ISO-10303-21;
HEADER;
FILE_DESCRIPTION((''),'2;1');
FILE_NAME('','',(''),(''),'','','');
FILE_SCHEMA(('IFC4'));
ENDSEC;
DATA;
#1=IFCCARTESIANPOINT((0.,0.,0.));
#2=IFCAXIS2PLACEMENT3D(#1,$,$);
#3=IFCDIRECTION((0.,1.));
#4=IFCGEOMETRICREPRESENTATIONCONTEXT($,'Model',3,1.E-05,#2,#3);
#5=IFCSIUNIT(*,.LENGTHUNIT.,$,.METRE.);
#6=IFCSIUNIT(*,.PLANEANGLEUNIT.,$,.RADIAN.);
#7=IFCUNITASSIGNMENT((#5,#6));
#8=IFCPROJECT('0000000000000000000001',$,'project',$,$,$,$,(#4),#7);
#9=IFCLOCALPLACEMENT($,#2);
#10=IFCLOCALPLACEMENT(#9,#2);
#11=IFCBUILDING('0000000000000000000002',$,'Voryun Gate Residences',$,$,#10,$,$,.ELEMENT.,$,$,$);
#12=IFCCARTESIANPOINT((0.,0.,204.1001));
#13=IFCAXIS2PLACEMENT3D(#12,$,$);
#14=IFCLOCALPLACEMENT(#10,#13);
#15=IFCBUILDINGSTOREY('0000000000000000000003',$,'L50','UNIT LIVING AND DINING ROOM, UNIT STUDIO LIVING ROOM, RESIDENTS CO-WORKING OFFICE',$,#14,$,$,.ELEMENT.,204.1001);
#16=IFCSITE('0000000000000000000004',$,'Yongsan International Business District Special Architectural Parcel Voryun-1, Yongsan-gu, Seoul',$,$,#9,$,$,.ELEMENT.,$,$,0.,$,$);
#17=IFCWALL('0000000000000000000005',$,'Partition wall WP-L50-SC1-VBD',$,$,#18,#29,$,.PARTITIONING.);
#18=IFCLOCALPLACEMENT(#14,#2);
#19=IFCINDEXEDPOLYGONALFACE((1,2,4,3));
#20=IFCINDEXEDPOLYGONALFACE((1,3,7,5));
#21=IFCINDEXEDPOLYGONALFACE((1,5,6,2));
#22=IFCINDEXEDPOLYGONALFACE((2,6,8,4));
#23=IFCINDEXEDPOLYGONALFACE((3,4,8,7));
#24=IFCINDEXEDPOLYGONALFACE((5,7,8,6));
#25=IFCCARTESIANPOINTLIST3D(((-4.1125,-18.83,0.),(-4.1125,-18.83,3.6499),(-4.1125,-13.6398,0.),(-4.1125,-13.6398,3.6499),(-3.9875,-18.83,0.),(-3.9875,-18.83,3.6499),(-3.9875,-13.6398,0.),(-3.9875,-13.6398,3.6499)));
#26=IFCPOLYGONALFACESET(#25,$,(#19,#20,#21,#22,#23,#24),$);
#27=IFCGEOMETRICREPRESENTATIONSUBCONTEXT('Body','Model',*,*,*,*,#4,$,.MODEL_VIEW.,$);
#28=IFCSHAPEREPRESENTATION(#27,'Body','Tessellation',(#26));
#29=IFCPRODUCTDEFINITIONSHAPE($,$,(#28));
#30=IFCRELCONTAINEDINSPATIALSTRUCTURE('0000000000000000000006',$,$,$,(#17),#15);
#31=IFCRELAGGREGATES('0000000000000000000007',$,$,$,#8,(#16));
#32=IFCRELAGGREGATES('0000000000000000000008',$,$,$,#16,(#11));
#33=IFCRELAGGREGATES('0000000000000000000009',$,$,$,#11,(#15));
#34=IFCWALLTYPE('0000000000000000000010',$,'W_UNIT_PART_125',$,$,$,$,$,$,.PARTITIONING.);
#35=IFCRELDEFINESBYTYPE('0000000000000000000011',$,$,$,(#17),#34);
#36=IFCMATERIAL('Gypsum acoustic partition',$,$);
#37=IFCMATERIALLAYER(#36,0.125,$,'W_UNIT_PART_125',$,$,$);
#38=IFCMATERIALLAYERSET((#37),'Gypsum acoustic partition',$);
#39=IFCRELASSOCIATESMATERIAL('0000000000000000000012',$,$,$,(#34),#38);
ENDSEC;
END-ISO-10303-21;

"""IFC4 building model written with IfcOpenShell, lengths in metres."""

from ifc_helpers import new_model, si_unit, direction, frame, frame_2d, origin, place, context, subcontext, project, spatial, rectangle, extrude, material, layer, layer_set, type_object, element, save


model = new_model("IFC4")

# Units and contexts
model_context = context("Model", 3, precision=1e-05, world=origin(), true_north=direction((0.0, 1.0)))
body_context = subcontext(model_context, "Body", "Model", "MODEL_VIEW")
ifc_project = project(units=[si_unit("LENGTHUNIT", "METRE"), si_unit("PLANEANGLEUNIT", "RADIAN")], contexts=[model_context])

# Site, building, storey
site_placement = place(None, origin())
site = spatial("IfcSite", under=ifc_project, at=site_placement, Name="Yongsan International Business District Special Architectural Parcel Voryun-1, Yongsan-gu, Seoul", CompositionType="ELEMENT", RefElevation=0.0)
building_placement = place(site_placement, origin())
building = spatial("IfcBuilding", under=site, at=building_placement, Name="Voryun Gate Residences", CompositionType="ELEMENT")
storey_placement = place(building_placement, frame((0.0, 0.0, 204.1001)))
storey = spatial("IfcBuildingStorey", under=building, at=storey_placement, Name="L50", Description="UNIT LIVING AND DINING ROOM, UNIT STUDIO LIVING ROOM, RESIDENTS CO-WORKING OFFICE", CompositionType="ELEMENT", Elevation=204.1001)

# Wall
ifc_material_1 = material(Name="Gypsum acoustic partition")
ifc_layer_1 = layer(ifc_material_1, 0.125, Name="W_UNIT_PART_125")
ifc_layer_set_1 = layer_set([ifc_layer_1], Name="Gypsum acoustic partition")
wall_type_1 = type_object("IfcWallType", Name="W_UNIT_PART_125", PredefinedType="PARTITIONING", material=ifc_layer_set_1)
wall_1_placement = place(storey_placement, frame((-4.05, -18.8301, 0.0), z_axis=(0.0, 0.0, 1.0), x_axis=(0.0, 1.0, 0.0)))
element("IfcWall", 1, at=wall_1_placement, inside=storey, type_object=wall_type_1, Name="Partition wall WP-L50-SC1-VBD", PredefinedType="PARTITIONING", context=body_context, shape_type="SweptSolid", body=[
    extrude(rectangle(XDim=5.1902, YDim=0.125, at=frame_2d((2.5952, 0.0))), origin(), (0.0, 0.0, 1.0), 3.6499),
])

save(model, "model.ifc")
